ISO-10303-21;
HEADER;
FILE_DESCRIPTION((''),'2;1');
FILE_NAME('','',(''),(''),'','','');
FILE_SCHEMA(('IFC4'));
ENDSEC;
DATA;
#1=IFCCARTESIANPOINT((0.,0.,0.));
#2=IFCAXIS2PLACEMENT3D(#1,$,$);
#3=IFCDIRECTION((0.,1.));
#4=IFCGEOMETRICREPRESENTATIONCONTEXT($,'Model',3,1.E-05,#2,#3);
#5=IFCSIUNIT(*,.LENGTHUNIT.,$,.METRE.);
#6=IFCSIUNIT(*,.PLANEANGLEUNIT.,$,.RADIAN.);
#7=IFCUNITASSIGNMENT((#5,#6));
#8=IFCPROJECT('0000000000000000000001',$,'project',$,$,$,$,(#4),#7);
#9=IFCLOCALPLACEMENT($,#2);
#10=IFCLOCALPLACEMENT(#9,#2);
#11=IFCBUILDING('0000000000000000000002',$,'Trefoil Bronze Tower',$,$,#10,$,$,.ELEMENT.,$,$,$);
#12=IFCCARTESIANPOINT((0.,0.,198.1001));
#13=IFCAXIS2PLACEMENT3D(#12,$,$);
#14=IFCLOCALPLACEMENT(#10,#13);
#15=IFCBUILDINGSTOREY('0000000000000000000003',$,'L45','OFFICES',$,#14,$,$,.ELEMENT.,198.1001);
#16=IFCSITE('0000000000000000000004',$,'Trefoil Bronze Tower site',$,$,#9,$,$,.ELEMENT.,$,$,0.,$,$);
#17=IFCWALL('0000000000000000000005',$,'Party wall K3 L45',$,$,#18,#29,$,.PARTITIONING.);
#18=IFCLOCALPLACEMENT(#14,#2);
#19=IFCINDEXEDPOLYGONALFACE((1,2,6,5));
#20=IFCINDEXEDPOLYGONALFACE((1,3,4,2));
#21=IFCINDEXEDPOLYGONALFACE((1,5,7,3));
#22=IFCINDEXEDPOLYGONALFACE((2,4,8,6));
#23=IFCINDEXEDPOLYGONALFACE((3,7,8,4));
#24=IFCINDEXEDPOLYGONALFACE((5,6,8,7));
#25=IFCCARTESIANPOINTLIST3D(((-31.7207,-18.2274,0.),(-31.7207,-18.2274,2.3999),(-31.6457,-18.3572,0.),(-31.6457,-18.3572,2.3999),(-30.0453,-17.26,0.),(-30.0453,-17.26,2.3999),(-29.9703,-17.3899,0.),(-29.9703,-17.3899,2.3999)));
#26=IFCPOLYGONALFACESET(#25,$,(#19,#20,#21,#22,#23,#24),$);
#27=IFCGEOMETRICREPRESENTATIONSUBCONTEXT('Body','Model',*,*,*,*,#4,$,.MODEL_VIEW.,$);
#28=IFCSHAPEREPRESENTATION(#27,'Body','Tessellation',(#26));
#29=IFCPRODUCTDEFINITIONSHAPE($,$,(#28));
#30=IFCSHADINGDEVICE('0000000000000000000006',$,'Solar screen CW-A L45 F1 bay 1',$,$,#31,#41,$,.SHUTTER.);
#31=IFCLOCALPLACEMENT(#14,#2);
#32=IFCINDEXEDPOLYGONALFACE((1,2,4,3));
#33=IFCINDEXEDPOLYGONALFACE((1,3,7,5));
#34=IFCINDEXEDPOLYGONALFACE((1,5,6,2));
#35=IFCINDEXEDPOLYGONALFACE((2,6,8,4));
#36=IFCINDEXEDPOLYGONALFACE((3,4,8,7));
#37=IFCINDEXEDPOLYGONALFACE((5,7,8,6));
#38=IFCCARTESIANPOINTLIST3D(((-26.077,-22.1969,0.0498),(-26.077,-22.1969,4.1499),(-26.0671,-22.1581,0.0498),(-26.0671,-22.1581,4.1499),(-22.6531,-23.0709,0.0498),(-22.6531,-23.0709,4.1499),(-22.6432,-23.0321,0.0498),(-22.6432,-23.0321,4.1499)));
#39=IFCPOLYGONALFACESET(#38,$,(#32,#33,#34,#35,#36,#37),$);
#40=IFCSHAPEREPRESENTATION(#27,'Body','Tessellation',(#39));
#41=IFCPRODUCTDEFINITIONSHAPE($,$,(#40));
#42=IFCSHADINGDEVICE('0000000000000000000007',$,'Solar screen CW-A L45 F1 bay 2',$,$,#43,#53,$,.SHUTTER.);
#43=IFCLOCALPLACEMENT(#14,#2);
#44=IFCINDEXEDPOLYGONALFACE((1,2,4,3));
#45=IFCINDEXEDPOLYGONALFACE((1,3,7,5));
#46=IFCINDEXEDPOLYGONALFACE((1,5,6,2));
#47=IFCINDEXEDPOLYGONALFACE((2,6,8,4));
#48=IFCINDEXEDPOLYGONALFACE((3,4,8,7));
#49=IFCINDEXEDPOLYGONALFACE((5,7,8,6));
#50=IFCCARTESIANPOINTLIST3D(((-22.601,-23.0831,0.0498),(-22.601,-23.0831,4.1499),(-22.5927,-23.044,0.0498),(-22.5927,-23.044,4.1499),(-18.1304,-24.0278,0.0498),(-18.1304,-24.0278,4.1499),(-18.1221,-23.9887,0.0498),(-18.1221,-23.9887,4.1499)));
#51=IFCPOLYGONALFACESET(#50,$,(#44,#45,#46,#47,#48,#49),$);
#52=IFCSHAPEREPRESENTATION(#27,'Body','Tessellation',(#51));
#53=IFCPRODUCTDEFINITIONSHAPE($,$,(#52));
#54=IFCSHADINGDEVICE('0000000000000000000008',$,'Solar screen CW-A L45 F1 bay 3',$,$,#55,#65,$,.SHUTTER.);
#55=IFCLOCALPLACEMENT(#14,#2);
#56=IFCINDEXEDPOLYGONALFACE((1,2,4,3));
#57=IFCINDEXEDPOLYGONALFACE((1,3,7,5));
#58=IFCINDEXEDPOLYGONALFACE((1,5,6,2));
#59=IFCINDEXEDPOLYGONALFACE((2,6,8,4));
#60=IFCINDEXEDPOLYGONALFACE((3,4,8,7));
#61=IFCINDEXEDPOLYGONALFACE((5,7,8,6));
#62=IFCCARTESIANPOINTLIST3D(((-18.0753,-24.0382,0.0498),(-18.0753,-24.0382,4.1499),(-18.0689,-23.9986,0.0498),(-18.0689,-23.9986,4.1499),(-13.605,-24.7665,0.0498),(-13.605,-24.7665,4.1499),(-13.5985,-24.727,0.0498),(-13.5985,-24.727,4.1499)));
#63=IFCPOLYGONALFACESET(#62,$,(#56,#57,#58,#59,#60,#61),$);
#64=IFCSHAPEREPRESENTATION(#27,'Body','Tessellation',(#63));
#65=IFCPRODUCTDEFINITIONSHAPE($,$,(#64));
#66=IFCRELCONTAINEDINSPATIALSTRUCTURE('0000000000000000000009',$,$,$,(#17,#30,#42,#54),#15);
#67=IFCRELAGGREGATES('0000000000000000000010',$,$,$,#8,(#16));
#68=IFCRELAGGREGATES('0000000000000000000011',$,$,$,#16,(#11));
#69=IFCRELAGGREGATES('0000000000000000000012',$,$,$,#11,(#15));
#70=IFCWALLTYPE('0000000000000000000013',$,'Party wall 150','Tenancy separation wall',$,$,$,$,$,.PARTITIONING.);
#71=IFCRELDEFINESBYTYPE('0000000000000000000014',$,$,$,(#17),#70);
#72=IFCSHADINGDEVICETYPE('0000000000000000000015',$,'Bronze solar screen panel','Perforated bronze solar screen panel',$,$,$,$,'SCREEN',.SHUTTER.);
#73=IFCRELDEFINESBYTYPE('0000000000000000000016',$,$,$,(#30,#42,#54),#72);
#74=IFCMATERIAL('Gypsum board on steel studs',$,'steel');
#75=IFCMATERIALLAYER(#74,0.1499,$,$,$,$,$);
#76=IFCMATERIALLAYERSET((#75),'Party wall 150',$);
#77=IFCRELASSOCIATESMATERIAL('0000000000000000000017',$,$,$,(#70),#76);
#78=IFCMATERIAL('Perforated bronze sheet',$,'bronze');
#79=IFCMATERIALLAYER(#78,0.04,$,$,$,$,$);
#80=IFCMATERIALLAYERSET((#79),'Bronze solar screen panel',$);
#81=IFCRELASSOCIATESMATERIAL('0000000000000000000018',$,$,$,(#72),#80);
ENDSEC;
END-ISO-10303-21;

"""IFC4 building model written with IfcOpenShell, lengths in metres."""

from ifc_helpers import new_model, si_unit, direction, frame, frame_2d, origin, origin_2d, place, context, subcontext, project, spatial, rectangle, extrude, material, layer, layer_set, type_object, element, save


model = new_model("IFC4")

# Units and contexts
model_context = context("Model", 3, precision=1e-05, world=origin(), true_north=direction((0.0, 1.0)))
body_context = subcontext(model_context, "Body", "Model", "MODEL_VIEW")
ifc_project = project(units=[si_unit("LENGTHUNIT", "METRE"), si_unit("PLANEANGLEUNIT", "RADIAN")], contexts=[model_context])

# Site, building, storey
site_placement = place(None, origin())
site = spatial("IfcSite", under=ifc_project, at=site_placement, Name="Trefoil Bronze Tower site", CompositionType="ELEMENT", RefElevation=0.0)
building_placement = place(site_placement, origin())
building = spatial("IfcBuilding", under=site, at=building_placement, Name="Trefoil Bronze Tower", CompositionType="ELEMENT")
storey_placement = place(building_placement, frame((0.0, 0.0, 198.1001)))
storey = spatial("IfcBuildingStorey", under=building, at=storey_placement, Name="L45", Description="OFFICES", CompositionType="ELEMENT", Elevation=198.1001)

# Wall
ifc_material_1 = material(Name="Gypsum board on steel studs", Category="steel")
ifc_layer_1 = layer(ifc_material_1, 0.1499)
ifc_layer_set_1 = layer_set([ifc_layer_1], Name="Party wall 150")
wall_type_1 = type_object("IfcWallType", Name="Party wall 150", Description="Tenancy separation wall", PredefinedType="PARTITIONING", material=ifc_layer_set_1)
wall_1_placement = place(storey_placement, frame((-30.0078, -17.325, 0.0), z_axis=(0.0, 0.0, 1.0), x_axis=(-0.866013, -0.500021, 0.0)))
element("IfcWall", 1, at=wall_1_placement, inside=storey, type_object=wall_type_1, Name="Party wall K3 L45", PredefinedType="PARTITIONING", context=body_context, shape_type="SweptSolid", body=[
    extrude(rectangle(XDim=1.9346, YDim=0.1499, at=frame_2d((0.9673, 0.0))), origin(), (0.0, 0.0, 1.0), 2.3999),
])

# Shading devices
ifc_material_2 = material(Name="Perforated bronze sheet", Category="bronze")
ifc_layer_2 = layer(ifc_material_2, 0.04)
ifc_layer_set_2 = layer_set([ifc_layer_2], Name="Bronze solar screen panel")
shading_device_type = type_object("IfcShadingDeviceType", Name="Bronze solar screen panel", Description="Perforated bronze solar screen panel", ElementType="SCREEN", PredefinedType="SHUTTER", material=ifc_layer_set_2)
shading_device_1_placement = place(storey_placement, frame((-24.3601, -22.6145, 0.0498), z_axis=(0.0, 0.0, 1.0), x_axis=(0.968934, -0.247319, 0.0)))
element("IfcShadingDevice", 2, at=shading_device_1_placement, inside=storey, type_object=shading_device_type, Name="Solar screen CW-A L45 F1 bay 1", PredefinedType="SHUTTER", context=body_context, shape_type="SweptSolid", body=[
    extrude(rectangle(XDim=3.5337, YDim=0.04, at=origin_2d()), origin(), (0.0, 0.0, 1.0), 4.1001),
])
shading_device_2_placement = place(storey_placement, frame((-20.3616, -23.5359, 0.0498), z_axis=(0.0, 0.0, 1.0), x_axis=(0.978394, -0.206747, 0.0)))
element("IfcShadingDevice", 3, at=shading_device_2_placement, inside=storey, type_object=shading_device_type, Name="Solar screen CW-A L45 F1 bay 2", PredefinedType="SHUTTER", context=body_context, shape_type="SweptSolid", body=[
    extrude(rectangle(XDim=4.5693, YDim=0.04, at=origin_2d()), origin(), (0.0, 0.0, 1.0), 4.1001),
])
shading_device_3_placement = place(storey_placement, frame((-15.8369, -24.3826, 0.0498), z_axis=(0.0, 0.0, 1.0), x_axis=(0.986987, -0.160803, 0.0)))
element("IfcShadingDevice", 4, at=shading_device_3_placement, inside=storey, type_object=shading_device_type, Name="Solar screen CW-A L45 F1 bay 3", PredefinedType="SHUTTER", context=body_context, shape_type="SweptSolid", body=[
    extrude(rectangle(XDim=4.5293, YDim=0.04, at=origin_2d()), origin(), (0.0, 0.0, 1.0), 4.1001),
])

save(model, "model.ifc")
